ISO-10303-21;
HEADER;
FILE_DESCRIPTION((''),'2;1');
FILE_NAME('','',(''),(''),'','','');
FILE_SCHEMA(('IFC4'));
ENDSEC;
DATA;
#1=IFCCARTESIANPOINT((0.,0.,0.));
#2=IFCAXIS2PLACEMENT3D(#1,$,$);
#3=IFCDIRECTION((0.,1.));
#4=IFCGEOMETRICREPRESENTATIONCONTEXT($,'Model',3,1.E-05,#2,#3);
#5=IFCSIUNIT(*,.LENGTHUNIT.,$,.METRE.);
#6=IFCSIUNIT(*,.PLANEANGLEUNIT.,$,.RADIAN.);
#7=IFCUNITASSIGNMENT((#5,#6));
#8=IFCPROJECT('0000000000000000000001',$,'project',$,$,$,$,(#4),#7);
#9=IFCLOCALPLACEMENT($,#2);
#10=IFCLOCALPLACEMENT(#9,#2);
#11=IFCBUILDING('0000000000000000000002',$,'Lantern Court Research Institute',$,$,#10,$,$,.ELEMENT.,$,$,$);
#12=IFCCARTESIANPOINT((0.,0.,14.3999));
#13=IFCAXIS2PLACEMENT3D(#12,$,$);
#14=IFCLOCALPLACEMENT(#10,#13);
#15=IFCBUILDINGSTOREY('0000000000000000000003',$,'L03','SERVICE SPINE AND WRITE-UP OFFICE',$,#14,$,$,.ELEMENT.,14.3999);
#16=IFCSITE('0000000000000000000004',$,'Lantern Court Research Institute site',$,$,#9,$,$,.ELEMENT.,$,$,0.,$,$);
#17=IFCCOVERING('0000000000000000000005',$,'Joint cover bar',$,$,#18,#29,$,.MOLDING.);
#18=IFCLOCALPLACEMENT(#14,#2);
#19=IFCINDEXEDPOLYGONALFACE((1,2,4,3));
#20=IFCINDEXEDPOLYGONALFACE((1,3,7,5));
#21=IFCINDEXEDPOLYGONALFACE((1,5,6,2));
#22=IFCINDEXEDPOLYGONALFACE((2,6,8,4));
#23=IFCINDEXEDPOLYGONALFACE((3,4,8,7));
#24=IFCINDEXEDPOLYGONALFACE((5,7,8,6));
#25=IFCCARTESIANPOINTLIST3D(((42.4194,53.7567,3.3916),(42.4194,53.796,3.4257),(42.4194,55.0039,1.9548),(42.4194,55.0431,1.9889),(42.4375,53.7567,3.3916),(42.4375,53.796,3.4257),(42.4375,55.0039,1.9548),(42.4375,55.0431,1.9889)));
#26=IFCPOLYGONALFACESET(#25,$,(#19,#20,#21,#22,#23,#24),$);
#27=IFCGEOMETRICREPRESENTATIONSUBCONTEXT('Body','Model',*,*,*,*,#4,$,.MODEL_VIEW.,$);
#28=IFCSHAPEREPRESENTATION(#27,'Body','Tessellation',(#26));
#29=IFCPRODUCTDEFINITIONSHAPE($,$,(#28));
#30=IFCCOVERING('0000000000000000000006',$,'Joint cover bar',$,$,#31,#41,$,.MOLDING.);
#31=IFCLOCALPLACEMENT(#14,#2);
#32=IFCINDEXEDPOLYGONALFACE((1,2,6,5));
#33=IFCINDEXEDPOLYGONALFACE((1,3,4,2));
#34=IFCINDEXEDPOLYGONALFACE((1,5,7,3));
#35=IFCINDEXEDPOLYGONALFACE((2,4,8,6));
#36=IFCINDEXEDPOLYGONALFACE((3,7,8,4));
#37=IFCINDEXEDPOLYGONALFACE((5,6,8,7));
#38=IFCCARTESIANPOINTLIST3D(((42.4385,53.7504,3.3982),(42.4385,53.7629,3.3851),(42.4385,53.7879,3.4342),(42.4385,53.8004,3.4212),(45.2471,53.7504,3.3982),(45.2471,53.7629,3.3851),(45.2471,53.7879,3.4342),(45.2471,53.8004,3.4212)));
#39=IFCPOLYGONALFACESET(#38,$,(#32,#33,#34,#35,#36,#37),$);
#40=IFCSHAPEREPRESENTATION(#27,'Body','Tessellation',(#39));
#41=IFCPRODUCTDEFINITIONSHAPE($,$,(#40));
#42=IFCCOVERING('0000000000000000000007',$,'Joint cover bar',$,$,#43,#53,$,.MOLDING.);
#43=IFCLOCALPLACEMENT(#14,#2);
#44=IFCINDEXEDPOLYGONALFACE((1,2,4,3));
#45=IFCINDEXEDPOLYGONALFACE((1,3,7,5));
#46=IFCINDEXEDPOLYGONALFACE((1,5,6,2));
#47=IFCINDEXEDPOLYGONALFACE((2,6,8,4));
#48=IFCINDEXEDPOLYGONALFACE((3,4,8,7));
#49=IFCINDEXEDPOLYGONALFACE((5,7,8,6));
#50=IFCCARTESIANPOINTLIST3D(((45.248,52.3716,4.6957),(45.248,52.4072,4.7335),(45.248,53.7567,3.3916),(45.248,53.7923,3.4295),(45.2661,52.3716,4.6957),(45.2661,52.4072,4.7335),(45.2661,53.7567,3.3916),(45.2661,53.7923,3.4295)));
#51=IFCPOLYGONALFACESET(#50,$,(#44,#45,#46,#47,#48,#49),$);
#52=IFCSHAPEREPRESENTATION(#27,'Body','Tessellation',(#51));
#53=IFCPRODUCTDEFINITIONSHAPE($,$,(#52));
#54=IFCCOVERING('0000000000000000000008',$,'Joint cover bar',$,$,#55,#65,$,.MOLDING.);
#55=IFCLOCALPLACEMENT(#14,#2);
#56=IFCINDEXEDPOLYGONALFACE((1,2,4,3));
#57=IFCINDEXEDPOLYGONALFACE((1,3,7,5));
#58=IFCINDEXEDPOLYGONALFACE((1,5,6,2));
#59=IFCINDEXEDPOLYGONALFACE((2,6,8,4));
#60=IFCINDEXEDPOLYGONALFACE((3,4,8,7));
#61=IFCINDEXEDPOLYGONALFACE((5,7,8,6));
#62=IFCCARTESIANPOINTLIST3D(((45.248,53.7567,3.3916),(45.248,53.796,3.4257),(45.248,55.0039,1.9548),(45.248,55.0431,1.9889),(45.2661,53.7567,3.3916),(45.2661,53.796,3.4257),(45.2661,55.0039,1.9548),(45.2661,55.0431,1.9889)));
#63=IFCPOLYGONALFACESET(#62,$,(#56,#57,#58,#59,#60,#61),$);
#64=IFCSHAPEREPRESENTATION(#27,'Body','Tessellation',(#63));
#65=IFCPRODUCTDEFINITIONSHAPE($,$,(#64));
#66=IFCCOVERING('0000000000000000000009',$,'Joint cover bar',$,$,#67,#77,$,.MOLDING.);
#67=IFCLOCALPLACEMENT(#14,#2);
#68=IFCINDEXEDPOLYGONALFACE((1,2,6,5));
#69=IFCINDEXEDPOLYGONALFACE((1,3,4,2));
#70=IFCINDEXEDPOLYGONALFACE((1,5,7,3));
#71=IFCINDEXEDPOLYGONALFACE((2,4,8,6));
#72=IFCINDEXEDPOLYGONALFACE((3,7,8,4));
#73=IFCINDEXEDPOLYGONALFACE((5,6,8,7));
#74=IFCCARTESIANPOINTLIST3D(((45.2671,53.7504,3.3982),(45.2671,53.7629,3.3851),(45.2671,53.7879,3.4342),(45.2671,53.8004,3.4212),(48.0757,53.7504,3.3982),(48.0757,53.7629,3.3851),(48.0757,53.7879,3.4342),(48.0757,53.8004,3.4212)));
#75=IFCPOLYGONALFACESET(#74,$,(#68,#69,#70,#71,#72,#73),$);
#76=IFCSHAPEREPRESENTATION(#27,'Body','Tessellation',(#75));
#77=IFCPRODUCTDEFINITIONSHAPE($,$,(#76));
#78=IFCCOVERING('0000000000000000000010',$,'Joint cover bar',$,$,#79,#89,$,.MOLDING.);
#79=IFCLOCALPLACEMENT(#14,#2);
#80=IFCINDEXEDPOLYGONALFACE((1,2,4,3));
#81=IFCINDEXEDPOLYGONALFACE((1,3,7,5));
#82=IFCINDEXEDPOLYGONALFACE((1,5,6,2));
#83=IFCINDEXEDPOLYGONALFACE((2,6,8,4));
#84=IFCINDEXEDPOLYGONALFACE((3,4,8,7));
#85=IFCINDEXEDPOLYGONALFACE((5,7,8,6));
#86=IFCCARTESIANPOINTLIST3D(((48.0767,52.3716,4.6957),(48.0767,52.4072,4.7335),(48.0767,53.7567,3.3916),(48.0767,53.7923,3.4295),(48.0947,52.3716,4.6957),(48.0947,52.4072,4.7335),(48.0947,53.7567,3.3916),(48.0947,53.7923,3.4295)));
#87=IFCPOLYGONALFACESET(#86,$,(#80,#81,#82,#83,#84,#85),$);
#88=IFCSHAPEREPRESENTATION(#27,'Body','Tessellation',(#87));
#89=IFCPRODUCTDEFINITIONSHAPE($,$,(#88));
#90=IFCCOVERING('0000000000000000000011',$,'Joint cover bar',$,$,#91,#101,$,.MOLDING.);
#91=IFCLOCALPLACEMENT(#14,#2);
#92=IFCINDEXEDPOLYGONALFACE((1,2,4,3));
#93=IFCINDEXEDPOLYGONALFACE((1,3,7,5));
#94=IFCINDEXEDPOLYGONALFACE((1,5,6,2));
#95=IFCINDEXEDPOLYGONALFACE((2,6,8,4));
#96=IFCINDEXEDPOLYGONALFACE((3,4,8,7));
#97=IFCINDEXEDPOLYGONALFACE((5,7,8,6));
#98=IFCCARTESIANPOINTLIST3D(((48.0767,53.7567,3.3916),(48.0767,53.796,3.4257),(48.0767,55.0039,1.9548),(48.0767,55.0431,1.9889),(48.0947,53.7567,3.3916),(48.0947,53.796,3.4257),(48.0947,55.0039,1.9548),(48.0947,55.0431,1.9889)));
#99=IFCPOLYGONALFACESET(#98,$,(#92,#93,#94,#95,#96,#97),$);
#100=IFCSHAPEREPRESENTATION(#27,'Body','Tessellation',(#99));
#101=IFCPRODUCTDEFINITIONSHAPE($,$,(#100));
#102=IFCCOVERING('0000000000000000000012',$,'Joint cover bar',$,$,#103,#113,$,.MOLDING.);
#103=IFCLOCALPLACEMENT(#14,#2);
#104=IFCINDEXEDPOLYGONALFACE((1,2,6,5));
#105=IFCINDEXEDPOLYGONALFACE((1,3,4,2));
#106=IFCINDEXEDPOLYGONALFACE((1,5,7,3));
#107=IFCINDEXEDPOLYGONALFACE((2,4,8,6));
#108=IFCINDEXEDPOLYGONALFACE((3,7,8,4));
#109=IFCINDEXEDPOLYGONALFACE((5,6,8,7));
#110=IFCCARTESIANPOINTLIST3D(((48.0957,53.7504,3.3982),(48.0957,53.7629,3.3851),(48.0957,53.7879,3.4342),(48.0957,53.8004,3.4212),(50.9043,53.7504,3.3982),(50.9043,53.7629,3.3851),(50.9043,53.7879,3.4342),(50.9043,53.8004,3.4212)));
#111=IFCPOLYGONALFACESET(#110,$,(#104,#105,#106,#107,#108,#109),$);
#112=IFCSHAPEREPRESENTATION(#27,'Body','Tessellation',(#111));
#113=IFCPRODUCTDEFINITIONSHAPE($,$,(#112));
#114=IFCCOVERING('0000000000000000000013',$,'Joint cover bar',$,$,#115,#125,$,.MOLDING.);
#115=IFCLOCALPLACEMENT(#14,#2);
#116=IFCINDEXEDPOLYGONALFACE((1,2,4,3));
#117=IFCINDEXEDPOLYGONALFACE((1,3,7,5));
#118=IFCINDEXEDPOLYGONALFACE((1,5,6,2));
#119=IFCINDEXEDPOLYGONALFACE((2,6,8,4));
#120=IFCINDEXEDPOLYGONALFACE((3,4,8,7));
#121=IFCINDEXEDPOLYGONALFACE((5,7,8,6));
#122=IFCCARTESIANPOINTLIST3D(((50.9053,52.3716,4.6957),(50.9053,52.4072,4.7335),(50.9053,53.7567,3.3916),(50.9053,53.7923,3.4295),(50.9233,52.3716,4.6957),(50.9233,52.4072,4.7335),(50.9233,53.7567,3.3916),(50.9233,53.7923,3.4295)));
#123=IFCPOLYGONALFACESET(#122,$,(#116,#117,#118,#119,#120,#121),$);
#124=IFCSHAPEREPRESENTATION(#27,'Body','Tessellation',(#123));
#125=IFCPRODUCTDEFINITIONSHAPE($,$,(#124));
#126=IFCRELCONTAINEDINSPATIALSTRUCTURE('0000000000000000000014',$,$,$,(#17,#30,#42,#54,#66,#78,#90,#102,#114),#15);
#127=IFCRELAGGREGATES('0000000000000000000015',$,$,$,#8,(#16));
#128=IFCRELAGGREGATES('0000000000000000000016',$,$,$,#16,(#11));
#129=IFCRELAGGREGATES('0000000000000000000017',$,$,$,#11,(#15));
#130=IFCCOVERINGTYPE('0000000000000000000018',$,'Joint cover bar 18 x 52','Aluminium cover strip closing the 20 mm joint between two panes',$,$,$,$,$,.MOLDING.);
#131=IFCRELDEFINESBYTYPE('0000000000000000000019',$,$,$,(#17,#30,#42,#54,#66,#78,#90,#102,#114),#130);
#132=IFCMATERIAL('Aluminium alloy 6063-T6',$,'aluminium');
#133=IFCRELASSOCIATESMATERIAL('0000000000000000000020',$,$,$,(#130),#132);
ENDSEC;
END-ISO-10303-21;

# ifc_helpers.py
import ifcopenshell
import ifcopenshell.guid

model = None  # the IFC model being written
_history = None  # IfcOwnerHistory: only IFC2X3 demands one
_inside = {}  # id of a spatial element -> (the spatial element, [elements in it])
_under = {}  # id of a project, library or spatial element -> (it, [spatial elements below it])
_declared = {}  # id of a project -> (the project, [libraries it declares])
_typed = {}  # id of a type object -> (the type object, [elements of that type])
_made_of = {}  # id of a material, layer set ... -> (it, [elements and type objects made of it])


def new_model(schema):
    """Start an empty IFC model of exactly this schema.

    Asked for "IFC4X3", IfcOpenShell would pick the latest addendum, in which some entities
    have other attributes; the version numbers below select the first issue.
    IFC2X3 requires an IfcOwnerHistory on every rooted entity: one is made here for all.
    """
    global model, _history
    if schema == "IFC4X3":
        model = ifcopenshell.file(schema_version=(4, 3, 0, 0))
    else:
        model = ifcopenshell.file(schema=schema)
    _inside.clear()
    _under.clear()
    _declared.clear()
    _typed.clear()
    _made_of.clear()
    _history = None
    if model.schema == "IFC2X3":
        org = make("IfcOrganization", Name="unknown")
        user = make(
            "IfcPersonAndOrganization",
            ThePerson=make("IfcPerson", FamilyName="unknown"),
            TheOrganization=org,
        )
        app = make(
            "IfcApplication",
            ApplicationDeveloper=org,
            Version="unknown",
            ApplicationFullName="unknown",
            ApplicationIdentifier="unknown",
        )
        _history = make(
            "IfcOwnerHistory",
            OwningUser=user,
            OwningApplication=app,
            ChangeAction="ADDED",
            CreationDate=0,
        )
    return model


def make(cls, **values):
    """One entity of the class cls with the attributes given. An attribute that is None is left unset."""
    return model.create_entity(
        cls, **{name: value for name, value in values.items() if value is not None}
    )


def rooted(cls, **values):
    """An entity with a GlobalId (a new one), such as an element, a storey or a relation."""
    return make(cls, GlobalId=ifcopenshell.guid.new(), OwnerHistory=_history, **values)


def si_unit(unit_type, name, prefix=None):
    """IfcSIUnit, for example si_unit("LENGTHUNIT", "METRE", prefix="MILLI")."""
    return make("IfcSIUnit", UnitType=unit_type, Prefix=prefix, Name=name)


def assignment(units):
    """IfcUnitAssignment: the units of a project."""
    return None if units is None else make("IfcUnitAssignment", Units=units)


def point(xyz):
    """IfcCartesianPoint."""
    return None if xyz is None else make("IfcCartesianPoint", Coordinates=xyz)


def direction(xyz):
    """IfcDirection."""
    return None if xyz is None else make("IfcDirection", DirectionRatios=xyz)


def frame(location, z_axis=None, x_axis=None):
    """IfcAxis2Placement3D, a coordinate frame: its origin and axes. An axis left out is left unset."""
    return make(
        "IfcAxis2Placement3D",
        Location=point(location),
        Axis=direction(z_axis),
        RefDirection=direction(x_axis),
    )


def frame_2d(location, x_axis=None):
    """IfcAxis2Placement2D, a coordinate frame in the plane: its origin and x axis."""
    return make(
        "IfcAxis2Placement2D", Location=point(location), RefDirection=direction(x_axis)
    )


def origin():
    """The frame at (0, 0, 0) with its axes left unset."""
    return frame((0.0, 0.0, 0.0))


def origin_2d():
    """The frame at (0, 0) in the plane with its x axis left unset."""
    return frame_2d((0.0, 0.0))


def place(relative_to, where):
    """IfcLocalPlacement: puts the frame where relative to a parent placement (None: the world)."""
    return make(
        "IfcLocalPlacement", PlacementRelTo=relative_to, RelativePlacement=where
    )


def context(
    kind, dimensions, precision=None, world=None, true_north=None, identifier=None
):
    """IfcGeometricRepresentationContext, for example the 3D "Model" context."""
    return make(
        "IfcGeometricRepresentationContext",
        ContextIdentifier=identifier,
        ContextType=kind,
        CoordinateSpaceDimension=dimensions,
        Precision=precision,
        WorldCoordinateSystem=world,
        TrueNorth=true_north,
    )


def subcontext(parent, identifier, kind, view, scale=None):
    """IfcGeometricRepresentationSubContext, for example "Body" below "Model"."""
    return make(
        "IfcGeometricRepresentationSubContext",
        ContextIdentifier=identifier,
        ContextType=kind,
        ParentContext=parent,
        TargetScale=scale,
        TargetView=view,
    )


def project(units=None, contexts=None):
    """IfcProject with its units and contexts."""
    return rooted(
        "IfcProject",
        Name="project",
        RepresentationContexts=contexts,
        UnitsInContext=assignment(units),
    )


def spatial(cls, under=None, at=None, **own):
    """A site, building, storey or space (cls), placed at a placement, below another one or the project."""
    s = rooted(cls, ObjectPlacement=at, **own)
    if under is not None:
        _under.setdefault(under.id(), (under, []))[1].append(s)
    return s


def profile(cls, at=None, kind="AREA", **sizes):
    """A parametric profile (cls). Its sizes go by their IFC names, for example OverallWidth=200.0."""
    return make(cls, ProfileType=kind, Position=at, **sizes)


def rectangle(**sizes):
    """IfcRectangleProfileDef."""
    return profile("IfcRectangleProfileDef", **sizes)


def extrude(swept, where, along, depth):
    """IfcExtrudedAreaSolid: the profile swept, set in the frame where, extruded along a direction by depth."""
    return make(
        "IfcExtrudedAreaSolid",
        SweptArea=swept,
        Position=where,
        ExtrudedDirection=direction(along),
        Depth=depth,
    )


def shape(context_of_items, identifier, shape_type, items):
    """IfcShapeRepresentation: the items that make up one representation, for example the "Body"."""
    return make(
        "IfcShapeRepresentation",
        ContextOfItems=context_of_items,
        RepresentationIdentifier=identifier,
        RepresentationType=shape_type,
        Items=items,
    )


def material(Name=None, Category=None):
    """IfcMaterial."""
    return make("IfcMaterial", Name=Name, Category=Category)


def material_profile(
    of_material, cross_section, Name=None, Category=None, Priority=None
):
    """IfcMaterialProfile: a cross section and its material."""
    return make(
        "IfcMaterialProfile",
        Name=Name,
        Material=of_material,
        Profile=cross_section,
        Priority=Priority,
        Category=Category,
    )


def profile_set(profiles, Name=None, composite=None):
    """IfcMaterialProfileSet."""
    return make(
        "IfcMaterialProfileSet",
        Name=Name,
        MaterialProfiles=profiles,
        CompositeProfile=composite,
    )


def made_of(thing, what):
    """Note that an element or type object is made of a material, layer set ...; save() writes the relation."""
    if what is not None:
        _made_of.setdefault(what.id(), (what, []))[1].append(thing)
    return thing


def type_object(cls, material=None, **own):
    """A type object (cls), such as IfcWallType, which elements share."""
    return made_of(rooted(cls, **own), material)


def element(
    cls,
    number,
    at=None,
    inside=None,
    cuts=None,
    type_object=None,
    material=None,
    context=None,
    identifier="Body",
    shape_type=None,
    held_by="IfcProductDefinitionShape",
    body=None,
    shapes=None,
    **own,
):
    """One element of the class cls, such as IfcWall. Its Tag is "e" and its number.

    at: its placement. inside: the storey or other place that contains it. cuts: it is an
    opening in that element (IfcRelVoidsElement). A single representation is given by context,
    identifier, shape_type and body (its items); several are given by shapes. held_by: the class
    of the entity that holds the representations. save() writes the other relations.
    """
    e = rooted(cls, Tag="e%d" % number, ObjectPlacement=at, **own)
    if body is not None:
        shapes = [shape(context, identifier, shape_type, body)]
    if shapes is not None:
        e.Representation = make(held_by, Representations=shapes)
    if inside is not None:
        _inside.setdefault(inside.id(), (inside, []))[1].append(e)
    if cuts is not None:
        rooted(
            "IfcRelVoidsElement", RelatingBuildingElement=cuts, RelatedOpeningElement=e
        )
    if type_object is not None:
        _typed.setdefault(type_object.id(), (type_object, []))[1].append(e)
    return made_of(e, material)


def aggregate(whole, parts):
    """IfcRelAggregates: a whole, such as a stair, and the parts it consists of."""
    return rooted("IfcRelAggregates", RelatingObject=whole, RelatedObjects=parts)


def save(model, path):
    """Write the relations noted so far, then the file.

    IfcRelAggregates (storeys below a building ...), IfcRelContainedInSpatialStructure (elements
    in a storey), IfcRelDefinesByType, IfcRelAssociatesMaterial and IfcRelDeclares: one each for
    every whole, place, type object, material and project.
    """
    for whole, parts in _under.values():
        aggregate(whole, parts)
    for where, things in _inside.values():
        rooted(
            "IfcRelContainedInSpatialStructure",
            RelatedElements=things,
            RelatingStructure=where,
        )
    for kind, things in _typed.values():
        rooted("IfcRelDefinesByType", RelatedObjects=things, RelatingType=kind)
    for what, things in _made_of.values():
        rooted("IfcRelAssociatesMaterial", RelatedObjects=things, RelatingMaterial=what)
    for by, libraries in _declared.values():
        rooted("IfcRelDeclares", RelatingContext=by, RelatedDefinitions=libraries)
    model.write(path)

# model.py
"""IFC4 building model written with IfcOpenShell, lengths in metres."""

from ifc_helpers import new_model, si_unit, direction, frame, origin, origin_2d, place, context, subcontext, project, spatial, rectangle, extrude, material, material_profile, profile_set, type_object, element, save


model = new_model("IFC4")

# Units and contexts
model_context = context("Model", 3, precision=1e-05, world=origin(), true_north=direction((0.0, 1.0)))
body_context = subcontext(model_context, "Body", "Model", "MODEL_VIEW")
ifc_project = project(units=[si_unit("LENGTHUNIT", "METRE"), si_unit("PLANEANGLEUNIT", "RADIAN")], contexts=[model_context])

# Site, building, storey
site_placement = place(None, origin())
site = spatial("IfcSite", under=ifc_project, at=site_placement, Name="Lantern Court Research Institute site", CompositionType="ELEMENT", RefElevation=0.0)
building_placement = place(site_placement, origin())
building = spatial("IfcBuilding", under=site, at=building_placement, Name="Lantern Court Research Institute", CompositionType="ELEMENT")
storey_placement = place(building_placement, frame((0.0, 0.0, 14.3999)))
storey = spatial("IfcBuildingStorey", under=building, at=storey_placement, Name="L03", Description="SERVICE SPINE AND WRITE-UP OFFICE", CompositionType="ELEMENT", Elevation=14.3999)

# Coverings
ifc_material_1 = material(Name="Aluminium alloy 6063-T6", Category="aluminium")
ifc_material_profile_1 = material_profile(ifc_material_1, rectangle(XDim=0.0181, YDim=0.052, at=origin_2d()), Name="Joint cover bar 18 x 52")
ifc_profile_set_1 = profile_set([ifc_material_profile_1], Name="Aluminium alloy 6063-T6")
covering_type = type_object("IfcCoveringType", Name="Joint cover bar 18 x 52", Description="Aluminium cover strip closing the 20 mm joint between two panes", PredefinedType="MOLDING", material=ifc_profile_set_1)
covering_1_placement = place(storey_placement, frame((42.4285, 53.7764, 3.4087), z_axis=(0.0, 0.655492, -0.755202), x_axis=(-1.0, 0.0, 0.0)))
element("IfcCovering", 1, at=covering_1_placement, inside=storey, type_object=covering_type, Name="Joint cover bar", PredefinedType="MOLDING", context=body_context, shape_type="SweptSolid", body=[
    extrude(rectangle(XDim=0.0181, YDim=0.052, at=origin_2d()), origin(), (0.0, 0.0, 1.0), 1.9026),
])
covering_2_placement = place(storey_placement, frame((42.4385, 53.7754, 3.4097), z_axis=(1.0, 0.0, 0.0), x_axis=(0.0, 0.692674, -0.721251)))
element("IfcCovering", 2, at=covering_2_placement, inside=storey, type_object=covering_type, Name="Joint cover bar", PredefinedType="MOLDING", context=body_context, shape_type="SweptSolid", body=[
    extrude(rectangle(XDim=0.0181, YDim=0.052, at=origin_2d()), origin(), (0.0, 0.0, 1.0), 2.8086),
])
covering_3_placement = place(storey_placement, frame((45.2571, 52.3894, 4.7146), z_axis=(0.0, 0.728091, -0.685481), x_axis=(-1.0, 0.0, 0.0)))
element("IfcCovering", 3, at=covering_3_placement, inside=storey, type_object=covering_type, Name="Joint cover bar", PredefinedType="MOLDING", context=body_context, shape_type="SweptSolid", body=[
    extrude(rectangle(XDim=0.0181, YDim=0.052, at=origin_2d()), origin(), (0.0, 0.0, 1.0), 1.9023),
])
covering_4_placement = place(storey_placement, frame((45.2571, 53.7764, 3.4087), z_axis=(0.0, 0.655492, -0.755202), x_axis=(-1.0, 0.0, 0.0)))
element("IfcCovering", 4, at=covering_4_placement, inside=storey, type_object=covering_type, Name="Joint cover bar", PredefinedType="MOLDING", context=body_context, shape_type="SweptSolid", body=[
    extrude(rectangle(XDim=0.0181, YDim=0.052, at=origin_2d()), origin(), (0.0, 0.0, 1.0), 1.9026),
])
covering_5_placement = place(storey_placement, frame((45.2671, 53.7754, 3.4097), z_axis=(1.0, 0.0, 0.0), x_axis=(0.0, 0.692674, -0.721251)))
element("IfcCovering", 5, at=covering_5_placement, inside=storey, type_object=covering_type, Name="Joint cover bar", PredefinedType="MOLDING", context=body_context, shape_type="SweptSolid", body=[
    extrude(rectangle(XDim=0.0181, YDim=0.052, at=origin_2d()), origin(), (0.0, 0.0, 1.0), 2.8086),
])
covering_6_placement = place(storey_placement, frame((48.0857, 52.3894, 4.7146), z_axis=(0.0, 0.728091, -0.685481), x_axis=(-1.0, 0.0, 0.0)))
element("IfcCovering", 6, at=covering_6_placement, inside=storey, type_object=covering_type, Name="Joint cover bar", PredefinedType="MOLDING", context=body_context, shape_type="SweptSolid", body=[
    extrude(rectangle(XDim=0.0181, YDim=0.052, at=origin_2d()), origin(), (0.0, 0.0, 1.0), 1.9023),
])
covering_7_placement = place(storey_placement, frame((48.0857, 53.7764, 3.4087), z_axis=(0.0, 0.655492, -0.755202), x_axis=(-1.0, 0.0, 0.0)))
element("IfcCovering", 7, at=covering_7_placement, inside=storey, type_object=covering_type, Name="Joint cover bar", PredefinedType="MOLDING", context=body_context, shape_type="SweptSolid", body=[
    extrude(rectangle(XDim=0.0181, YDim=0.052, at=origin_2d()), origin(), (0.0, 0.0, 1.0), 1.9026),
])
covering_8_placement = place(storey_placement, frame((48.0957, 53.7754, 3.4097), z_axis=(1.0, 0.0, 0.0), x_axis=(0.0, 0.692674, -0.721251)))
element("IfcCovering", 8, at=covering_8_placement, inside=storey, type_object=covering_type, Name="Joint cover bar", PredefinedType="MOLDING", context=body_context, shape_type="SweptSolid", body=[
    extrude(rectangle(XDim=0.0181, YDim=0.052, at=origin_2d()), origin(), (0.0, 0.0, 1.0), 2.8086),
])
covering_9_placement = place(storey_placement, frame((50.9143, 52.3894, 4.7146), z_axis=(0.0, 0.728091, -0.685481), x_axis=(-1.0, 0.0, 0.0)))
element("IfcCovering", 9, at=covering_9_placement, inside=storey, type_object=covering_type, Name="Joint cover bar", PredefinedType="MOLDING", context=body_context, shape_type="SweptSolid", body=[
    extrude(rectangle(XDim=0.0181, YDim=0.052, at=origin_2d()), origin(), (0.0, 0.0, 1.0), 1.9023),
])

save(model, "model.ifc")
